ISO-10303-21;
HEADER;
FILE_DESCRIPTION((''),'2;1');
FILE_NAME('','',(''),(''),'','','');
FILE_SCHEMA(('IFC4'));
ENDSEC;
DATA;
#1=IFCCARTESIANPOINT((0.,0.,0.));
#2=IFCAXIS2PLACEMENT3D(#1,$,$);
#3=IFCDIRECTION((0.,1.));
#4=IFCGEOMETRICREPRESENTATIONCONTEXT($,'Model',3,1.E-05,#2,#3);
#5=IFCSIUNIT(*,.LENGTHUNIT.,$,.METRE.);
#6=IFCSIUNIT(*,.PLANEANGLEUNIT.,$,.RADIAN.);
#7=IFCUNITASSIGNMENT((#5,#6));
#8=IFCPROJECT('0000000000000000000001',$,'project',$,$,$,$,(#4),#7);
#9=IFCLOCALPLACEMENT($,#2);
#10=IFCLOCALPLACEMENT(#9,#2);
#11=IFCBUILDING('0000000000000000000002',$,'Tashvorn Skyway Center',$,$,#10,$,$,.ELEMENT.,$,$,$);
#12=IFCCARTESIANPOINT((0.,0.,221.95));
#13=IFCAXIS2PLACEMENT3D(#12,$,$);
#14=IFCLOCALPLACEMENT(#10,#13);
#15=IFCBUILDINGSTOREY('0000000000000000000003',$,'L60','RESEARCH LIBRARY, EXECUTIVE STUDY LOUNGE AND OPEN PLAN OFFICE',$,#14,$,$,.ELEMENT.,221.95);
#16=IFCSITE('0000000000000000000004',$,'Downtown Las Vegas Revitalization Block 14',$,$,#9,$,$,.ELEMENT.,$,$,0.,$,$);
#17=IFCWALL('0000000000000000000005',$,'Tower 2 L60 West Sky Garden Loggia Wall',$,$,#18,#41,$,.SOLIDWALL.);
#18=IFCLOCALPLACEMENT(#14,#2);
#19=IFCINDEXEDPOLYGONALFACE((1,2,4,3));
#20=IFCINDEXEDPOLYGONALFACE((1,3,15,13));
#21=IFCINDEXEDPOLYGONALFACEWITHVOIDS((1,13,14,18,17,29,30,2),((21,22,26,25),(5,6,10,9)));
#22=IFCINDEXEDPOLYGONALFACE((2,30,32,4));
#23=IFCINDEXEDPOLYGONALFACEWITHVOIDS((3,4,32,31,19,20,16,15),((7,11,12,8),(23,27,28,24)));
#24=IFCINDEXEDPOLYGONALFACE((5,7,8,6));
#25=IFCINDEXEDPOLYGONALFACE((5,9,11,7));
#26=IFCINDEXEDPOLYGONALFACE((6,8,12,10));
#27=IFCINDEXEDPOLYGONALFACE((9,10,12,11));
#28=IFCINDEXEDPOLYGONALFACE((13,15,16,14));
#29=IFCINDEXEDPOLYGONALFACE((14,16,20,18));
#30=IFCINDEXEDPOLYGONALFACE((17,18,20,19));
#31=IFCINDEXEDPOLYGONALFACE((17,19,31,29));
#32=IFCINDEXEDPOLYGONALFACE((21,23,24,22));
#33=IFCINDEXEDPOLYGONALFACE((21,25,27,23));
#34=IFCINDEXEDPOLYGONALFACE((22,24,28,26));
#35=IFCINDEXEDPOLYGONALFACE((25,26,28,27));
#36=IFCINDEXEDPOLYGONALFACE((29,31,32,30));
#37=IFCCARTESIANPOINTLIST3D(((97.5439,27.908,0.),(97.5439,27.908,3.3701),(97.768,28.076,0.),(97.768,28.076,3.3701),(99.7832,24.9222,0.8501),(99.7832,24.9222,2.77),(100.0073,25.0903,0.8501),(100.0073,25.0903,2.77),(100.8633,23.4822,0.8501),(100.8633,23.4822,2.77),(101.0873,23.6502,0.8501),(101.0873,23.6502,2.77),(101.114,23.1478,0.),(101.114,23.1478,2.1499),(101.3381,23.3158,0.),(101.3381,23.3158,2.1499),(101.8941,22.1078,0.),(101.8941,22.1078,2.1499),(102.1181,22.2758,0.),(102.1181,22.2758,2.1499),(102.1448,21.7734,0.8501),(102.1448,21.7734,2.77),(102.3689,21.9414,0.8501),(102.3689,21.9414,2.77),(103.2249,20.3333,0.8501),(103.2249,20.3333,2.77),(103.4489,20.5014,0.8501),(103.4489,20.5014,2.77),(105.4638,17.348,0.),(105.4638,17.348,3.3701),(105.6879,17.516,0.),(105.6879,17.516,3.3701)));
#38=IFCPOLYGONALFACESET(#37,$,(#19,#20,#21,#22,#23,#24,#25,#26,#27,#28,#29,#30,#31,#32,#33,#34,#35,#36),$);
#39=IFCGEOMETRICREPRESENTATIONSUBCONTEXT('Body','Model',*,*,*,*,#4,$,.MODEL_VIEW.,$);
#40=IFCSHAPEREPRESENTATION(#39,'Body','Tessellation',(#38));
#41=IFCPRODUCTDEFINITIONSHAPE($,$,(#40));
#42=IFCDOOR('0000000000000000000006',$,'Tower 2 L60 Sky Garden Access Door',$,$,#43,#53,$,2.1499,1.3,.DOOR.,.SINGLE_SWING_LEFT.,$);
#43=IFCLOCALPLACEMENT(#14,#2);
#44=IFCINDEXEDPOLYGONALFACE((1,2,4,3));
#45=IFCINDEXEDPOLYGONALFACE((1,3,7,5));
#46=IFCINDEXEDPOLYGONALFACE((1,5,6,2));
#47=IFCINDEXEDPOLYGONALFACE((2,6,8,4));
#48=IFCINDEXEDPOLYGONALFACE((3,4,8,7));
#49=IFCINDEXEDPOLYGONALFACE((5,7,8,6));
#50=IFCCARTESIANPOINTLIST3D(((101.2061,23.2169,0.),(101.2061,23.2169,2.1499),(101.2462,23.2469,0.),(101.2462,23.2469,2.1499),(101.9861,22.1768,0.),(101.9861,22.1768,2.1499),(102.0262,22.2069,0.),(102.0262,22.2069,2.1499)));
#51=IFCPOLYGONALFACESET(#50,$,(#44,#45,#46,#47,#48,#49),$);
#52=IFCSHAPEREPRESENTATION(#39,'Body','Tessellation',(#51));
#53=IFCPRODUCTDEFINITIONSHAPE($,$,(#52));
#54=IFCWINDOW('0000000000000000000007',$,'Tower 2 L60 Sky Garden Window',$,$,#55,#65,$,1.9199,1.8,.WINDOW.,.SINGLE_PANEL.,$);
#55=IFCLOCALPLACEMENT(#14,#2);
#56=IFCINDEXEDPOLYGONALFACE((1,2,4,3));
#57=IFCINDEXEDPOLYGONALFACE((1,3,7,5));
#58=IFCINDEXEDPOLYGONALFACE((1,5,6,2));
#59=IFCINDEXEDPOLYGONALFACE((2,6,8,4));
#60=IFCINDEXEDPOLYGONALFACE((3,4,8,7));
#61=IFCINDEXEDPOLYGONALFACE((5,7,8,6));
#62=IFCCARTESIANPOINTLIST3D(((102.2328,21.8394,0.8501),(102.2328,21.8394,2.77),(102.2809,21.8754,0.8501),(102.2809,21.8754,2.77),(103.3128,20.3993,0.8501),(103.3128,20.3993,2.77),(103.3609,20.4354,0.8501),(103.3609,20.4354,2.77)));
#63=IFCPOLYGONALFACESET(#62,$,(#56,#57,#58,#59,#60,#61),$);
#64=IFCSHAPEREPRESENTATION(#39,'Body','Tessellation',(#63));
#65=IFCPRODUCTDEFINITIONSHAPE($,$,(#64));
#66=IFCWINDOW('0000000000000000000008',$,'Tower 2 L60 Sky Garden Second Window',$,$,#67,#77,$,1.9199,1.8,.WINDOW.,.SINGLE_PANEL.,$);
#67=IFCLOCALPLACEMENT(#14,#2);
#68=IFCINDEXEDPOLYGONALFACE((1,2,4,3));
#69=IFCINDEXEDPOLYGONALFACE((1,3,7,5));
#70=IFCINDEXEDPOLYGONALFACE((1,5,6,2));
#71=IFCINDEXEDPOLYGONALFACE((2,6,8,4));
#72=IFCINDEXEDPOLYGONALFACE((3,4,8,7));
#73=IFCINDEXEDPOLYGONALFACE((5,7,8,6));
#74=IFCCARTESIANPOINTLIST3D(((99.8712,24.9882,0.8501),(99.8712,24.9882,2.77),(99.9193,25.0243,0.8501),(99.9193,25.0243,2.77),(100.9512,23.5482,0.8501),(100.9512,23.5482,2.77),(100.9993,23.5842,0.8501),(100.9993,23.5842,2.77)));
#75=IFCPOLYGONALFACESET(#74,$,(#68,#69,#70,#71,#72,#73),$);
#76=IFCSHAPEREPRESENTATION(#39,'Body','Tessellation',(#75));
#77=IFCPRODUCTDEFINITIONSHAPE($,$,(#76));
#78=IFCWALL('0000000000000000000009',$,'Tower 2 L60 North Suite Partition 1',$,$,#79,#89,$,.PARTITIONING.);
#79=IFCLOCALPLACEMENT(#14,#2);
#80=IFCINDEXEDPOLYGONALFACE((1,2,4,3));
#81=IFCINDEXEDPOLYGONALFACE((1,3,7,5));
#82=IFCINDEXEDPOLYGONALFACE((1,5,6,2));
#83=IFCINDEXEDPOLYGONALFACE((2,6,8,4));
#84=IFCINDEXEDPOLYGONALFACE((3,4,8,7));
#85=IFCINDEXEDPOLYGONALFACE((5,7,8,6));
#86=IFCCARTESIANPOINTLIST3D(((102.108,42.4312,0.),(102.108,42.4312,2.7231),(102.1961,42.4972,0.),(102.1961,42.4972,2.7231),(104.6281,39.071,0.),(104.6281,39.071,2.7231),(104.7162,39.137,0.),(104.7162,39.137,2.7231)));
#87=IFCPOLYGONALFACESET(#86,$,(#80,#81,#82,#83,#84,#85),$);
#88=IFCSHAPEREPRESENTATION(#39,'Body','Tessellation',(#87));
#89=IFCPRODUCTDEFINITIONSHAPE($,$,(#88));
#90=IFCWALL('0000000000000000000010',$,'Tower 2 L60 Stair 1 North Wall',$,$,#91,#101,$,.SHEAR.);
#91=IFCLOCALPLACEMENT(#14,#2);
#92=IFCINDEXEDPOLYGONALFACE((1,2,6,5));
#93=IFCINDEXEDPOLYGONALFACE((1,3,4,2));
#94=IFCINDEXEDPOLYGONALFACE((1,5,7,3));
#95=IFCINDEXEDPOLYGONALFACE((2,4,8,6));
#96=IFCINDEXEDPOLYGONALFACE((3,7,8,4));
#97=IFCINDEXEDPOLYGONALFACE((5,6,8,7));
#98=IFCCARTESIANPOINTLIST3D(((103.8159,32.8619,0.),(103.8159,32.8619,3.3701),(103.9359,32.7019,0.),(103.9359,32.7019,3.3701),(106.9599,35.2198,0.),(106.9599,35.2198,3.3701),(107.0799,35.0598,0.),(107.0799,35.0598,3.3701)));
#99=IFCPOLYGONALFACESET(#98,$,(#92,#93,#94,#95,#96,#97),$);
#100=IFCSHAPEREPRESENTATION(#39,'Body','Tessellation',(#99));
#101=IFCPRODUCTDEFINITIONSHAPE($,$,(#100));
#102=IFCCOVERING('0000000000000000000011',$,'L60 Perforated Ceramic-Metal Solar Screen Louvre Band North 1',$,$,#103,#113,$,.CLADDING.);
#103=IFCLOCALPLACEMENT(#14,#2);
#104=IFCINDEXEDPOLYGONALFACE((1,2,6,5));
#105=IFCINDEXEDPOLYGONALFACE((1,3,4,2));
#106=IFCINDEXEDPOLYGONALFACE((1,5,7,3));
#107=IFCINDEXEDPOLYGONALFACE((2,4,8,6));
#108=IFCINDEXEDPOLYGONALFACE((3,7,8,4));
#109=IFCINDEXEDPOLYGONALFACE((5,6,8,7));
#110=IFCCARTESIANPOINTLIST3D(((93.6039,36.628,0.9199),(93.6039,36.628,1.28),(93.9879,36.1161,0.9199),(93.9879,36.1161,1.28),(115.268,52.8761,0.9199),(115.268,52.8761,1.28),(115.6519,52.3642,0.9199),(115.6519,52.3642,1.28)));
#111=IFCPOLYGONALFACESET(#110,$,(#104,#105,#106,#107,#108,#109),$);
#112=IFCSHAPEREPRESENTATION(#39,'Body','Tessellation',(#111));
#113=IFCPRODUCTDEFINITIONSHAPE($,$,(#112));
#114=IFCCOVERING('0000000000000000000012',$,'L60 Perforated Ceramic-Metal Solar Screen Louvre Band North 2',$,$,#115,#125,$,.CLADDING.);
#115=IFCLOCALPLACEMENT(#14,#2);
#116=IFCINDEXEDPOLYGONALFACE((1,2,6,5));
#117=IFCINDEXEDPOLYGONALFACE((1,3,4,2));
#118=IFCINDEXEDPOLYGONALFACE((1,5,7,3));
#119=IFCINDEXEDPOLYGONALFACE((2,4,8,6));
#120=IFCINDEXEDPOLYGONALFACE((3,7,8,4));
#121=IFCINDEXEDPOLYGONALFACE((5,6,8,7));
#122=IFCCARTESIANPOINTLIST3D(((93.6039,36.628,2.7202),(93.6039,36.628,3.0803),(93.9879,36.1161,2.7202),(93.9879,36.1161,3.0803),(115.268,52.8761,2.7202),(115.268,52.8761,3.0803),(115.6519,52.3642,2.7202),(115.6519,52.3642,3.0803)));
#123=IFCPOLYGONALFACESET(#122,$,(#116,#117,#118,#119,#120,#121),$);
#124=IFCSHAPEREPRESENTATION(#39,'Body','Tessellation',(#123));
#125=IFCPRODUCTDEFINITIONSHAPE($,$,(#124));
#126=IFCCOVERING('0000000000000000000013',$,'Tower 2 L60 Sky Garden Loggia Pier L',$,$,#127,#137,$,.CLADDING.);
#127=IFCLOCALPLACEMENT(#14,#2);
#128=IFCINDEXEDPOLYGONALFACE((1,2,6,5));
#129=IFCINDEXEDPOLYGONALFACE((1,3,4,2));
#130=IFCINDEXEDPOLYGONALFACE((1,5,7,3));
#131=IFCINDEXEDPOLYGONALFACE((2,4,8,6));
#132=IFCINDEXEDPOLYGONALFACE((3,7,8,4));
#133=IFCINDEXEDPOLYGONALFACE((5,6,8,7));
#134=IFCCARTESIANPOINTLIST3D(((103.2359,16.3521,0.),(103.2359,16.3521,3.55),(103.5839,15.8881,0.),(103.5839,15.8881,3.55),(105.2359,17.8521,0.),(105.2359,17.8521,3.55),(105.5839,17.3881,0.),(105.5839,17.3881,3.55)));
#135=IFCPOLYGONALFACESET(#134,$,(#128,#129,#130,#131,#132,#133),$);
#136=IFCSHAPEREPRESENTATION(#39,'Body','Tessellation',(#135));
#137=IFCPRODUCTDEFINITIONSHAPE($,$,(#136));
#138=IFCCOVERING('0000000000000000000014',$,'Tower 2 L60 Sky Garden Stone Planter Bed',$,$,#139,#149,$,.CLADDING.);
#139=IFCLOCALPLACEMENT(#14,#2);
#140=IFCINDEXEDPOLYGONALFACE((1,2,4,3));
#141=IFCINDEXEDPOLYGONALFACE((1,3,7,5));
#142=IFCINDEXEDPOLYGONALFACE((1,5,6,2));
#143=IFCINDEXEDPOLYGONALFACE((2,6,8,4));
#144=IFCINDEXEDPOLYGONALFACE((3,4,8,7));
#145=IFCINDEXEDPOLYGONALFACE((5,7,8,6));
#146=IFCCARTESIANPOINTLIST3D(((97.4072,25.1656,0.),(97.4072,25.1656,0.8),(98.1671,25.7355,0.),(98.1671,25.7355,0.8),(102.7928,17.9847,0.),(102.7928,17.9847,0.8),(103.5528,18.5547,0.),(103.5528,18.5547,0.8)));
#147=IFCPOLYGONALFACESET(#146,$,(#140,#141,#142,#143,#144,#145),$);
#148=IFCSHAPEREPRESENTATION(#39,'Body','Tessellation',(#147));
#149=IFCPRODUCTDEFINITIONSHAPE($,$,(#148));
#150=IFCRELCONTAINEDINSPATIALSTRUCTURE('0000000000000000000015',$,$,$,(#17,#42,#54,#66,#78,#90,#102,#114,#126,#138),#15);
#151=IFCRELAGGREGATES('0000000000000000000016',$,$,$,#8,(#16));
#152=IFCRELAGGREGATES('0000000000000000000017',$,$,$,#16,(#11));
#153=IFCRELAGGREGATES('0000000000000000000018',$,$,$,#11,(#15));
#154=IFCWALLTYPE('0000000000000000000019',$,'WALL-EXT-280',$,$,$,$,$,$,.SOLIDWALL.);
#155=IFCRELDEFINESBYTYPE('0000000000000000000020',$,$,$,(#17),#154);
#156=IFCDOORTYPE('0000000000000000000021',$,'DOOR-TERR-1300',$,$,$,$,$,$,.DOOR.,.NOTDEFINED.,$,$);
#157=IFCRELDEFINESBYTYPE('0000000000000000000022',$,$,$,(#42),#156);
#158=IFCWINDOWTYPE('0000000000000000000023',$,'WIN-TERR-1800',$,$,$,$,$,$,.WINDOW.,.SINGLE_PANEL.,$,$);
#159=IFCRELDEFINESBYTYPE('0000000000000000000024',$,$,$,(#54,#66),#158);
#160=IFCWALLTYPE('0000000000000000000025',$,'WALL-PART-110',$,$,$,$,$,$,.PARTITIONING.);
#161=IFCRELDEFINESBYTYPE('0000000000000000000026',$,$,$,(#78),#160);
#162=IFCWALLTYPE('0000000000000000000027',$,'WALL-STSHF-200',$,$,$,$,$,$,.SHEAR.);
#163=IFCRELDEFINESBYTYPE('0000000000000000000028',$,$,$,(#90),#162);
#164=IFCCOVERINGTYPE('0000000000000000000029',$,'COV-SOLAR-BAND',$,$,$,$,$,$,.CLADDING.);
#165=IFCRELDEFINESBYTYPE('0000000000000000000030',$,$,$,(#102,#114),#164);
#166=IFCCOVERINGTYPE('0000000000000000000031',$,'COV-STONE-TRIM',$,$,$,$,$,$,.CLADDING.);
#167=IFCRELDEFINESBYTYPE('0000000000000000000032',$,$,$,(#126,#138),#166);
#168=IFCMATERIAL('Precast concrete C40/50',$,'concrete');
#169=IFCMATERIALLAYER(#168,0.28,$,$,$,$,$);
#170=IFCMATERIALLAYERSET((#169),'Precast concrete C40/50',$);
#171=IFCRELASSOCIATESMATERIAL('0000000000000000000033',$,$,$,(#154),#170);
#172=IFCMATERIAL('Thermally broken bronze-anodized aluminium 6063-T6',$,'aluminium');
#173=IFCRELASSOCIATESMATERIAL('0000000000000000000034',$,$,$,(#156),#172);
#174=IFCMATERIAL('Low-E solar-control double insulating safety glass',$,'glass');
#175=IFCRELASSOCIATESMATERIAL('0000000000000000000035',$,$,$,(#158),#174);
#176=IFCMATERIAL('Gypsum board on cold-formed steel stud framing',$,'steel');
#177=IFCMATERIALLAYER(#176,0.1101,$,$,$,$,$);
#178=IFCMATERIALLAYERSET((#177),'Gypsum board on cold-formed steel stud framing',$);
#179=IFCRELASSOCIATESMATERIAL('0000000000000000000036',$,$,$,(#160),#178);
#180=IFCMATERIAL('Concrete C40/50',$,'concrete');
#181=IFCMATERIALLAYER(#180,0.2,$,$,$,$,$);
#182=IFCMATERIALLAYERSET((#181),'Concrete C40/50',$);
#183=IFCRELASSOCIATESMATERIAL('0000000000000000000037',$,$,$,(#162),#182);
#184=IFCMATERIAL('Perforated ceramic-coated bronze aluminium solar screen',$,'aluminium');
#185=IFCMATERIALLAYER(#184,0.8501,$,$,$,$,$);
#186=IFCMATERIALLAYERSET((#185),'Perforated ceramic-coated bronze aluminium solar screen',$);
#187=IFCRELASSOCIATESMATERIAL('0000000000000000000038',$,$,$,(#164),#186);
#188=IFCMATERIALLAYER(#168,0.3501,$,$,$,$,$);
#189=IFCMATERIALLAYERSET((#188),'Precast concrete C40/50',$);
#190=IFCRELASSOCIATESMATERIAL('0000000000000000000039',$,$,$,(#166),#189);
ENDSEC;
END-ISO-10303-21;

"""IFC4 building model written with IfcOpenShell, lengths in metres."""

from ifc_helpers import new_model, si_unit, direction, frame, frame_2d, origin, origin_2d, place, context, subcontext, project, spatial, rectangle, extrude, material, layer, layer_set, type_object, element, fill, save


model = new_model("IFC4")

# Units and contexts
model_context = context("Model", 3, precision=1e-05, world=origin(), true_north=direction((0.0, 1.0)))
body_context = subcontext(model_context, "Body", "Model", "MODEL_VIEW")
ifc_project = project(units=[si_unit("LENGTHUNIT", "METRE"), si_unit("PLANEANGLEUNIT", "RADIAN")], contexts=[model_context])

# Site, building, storey
site_placement = place(None, origin())
site = spatial("IfcSite", under=ifc_project, at=site_placement, Name="Downtown Las Vegas Revitalization Block 14", CompositionType="ELEMENT", RefElevation=0.0)
building_placement = place(site_placement, origin())
building = spatial("IfcBuilding", under=site, at=building_placement, Name="Tashvorn Skyway Center", CompositionType="ELEMENT")
storey_placement = place(building_placement, frame((0.0, 0.0, 221.95)))
storey = spatial("IfcBuildingStorey", under=building, at=storey_placement, Name="L60", Description="RESEARCH LIBRARY, EXECUTIVE STUDY LOUNGE AND OPEN PLAN OFFICE", CompositionType="ELEMENT", Elevation=221.95)

# Shared definitions
ifc_material_1 = material(Name="Thermally broken bronze-anodized aluminium 6063-T6", Category="aluminium")

# Shared definitions
ifc_material_2 = material(Name="Low-E solar-control double insulating safety glass", Category="glass")

# Wall, openings, door, windows
ifc_material_3 = material(Name="Precast concrete C40/50", Category="concrete")
ifc_layer_1 = layer(ifc_material_3, 0.28)
ifc_layer_set_1 = layer_set([ifc_layer_1], Name="Precast concrete C40/50")
wall_type_1 = type_object("IfcWallType", Name="WALL-EXT-280", PredefinedType="SOLIDWALL", material=ifc_layer_set_1)
wall_1_placement = place(storey_placement, frame((105.5759, 17.4319, 0.0), z_axis=(0.0, 0.0, 1.0), x_axis=(-0.599994, 0.800004, 0.0)))
wall_1 = element("IfcWall", 1, at=wall_1_placement, inside=storey, type_object=wall_type_1, Name="Tower 2 L60 West Sky Garden Loggia Wall", PredefinedType="SOLIDWALL", context=body_context, shape_type="SweptSolid", body=[
    extrude(rectangle(XDim=13.2, YDim=0.28, at=frame_2d((6.6001, 0.0))), origin(), (0.0, 0.0, 1.0), 3.3701),
])
opening_1_placement = place(wall_1_placement, frame((5.95, 0.0, 0.0)))
opening_1 = element("IfcOpeningElement", 2, at=opening_1_placement, cuts=wall_1, PredefinedType="OPENING", context=body_context, shape_type="SweptSolid", body=[
    extrude(rectangle(XDim=1.3, YDim=2.1499, at=frame_2d((0.6499, 1.075))), frame((0.0, 0.1499, 0.0), z_axis=(0.0, -1.0, 0.0), x_axis=(1.0, 0.0, 0.0)), (0.0, 0.0, 1.0), 0.3),
])
opening_2_placement = place(wall_1_placement, frame((3.7319, 0.0, 0.8501)))
opening_2 = element("IfcOpeningElement", 3, at=opening_2_placement, cuts=wall_1, PredefinedType="OPENING", context=body_context, shape_type="SweptSolid", body=[
    extrude(rectangle(XDim=1.8, YDim=1.9199, at=frame_2d((0.8999, 0.96))), frame((0.0, 0.1499, 0.0), z_axis=(0.0, -1.0, 0.0), x_axis=(1.0, 0.0, 0.0)), (0.0, 0.0, 1.0), 0.3),
])
opening_3_placement = place(wall_1_placement, frame((7.668, 0.0, 0.8501)))
opening_3 = element("IfcOpeningElement", 4, at=opening_3_placement, cuts=wall_1, PredefinedType="OPENING", context=body_context, shape_type="SweptSolid", body=[
    extrude(rectangle(XDim=1.8, YDim=1.9199, at=frame_2d((0.8999, 0.96))), frame((0.0, 0.1499, 0.0), z_axis=(0.0, -1.0, 0.0), x_axis=(1.0, 0.0, 0.0)), (0.0, 0.0, 1.0), 0.3),
])
door_type_1 = type_object("IfcDoorType", Name="DOOR-TERR-1300", OperationType="NOTDEFINED", PredefinedType="DOOR", material=ifc_material_1)
door_1_placement = place(opening_1_placement, origin())
door_1 = element("IfcDoor", 5, at=door_1_placement, inside=storey, type_object=door_type_1, Name="Tower 2 L60 Sky Garden Access Door", OperationType="SINGLE_SWING_LEFT", OverallHeight=2.1499, OverallWidth=1.3, PredefinedType="DOOR", context=body_context, shape_type="SweptSolid", body=[
    extrude(rectangle(XDim=1.3, YDim=2.1499, at=frame_2d((0.6499, 1.075))), frame((0.0, 0.0249, 0.0), z_axis=(0.0, -1.0, 0.0), x_axis=(1.0, 0.0, 0.0)), (0.0, 0.0, 1.0), 0.05),
])
fill(opening_1, door_1)
window_type = type_object("IfcWindowType", Name="WIN-TERR-1800", PartitioningType="SINGLE_PANEL", PredefinedType="WINDOW", material=ifc_material_2)
window_1_placement = place(opening_2_placement, origin())
window_1 = element("IfcWindow", 6, at=window_1_placement, inside=storey, type_object=window_type, Name="Tower 2 L60 Sky Garden Window", OverallHeight=1.9199, OverallWidth=1.8, PartitioningType="SINGLE_PANEL", PredefinedType="WINDOW", context=body_context, shape_type="SweptSolid", body=[
    extrude(rectangle(XDim=1.8, YDim=1.9199, at=frame_2d((0.8999, 0.96))), frame((0.0, 0.03, 0.0), z_axis=(0.0, -1.0, 0.0), x_axis=(1.0, 0.0, 0.0)), (0.0, 0.0, 1.0), 0.0601),
])
fill(opening_2, window_1)
window_2_placement = place(opening_3_placement, origin())
window_2 = element("IfcWindow", 7, at=window_2_placement, inside=storey, type_object=window_type, Name="Tower 2 L60 Sky Garden Second Window", OverallHeight=1.9199, OverallWidth=1.8, PartitioningType="SINGLE_PANEL", PredefinedType="WINDOW", context=body_context, shape_type="SweptSolid", body=[
    extrude(rectangle(XDim=1.8, YDim=1.9199, at=frame_2d((0.8999, 0.96))), frame((0.0, 0.03, 0.0), z_axis=(0.0, -1.0, 0.0), x_axis=(1.0, 0.0, 0.0)), (0.0, 0.0, 1.0), 0.0601),
])
fill(opening_3, window_2)

# Walls
ifc_material_4 = material(Name="Gypsum board on cold-formed steel stud framing", Category="steel")
ifc_layer_2 = layer(ifc_material_4, 0.1101)
ifc_layer_set_2 = layer_set([ifc_layer_2], Name="Gypsum board on cold-formed steel stud framing")
wall_type_2 = type_object("IfcWallType", Name="WALL-PART-110", PredefinedType="PARTITIONING", material=ifc_layer_set_2)
wall_2_placement = place(storey_placement, frame((104.6721, 39.104, 0.0), z_axis=(0.0, 0.0, 1.0), x_axis=(-0.599991, 0.800007, 0.0)))
element("IfcWall", 8, at=wall_2_placement, inside=storey, type_object=wall_type_2, Name="Tower 2 L60 North Suite Partition 1", PredefinedType="PARTITIONING", context=body_context, shape_type="SweptSolid", body=[
    extrude(rectangle(XDim=4.2002, YDim=0.1101, at=frame_2d((2.1001, 0.0))), origin(), (0.0, 0.0, 1.0), 2.7231),
])
ifc_material_5 = material(Name="Concrete C40/50", Category="concrete")
ifc_layer_3 = layer(ifc_material_5, 0.2)
ifc_layer_set_3 = layer_set([ifc_layer_3], Name="Concrete C40/50")
wall_type_3 = type_object("IfcWallType", Name="WALL-STSHF-200", PredefinedType="SHEAR", material=ifc_layer_set_3)
wall_3_placement = place(storey_placement, frame((103.876, 32.782, 0.0), z_axis=(0.0, 0.0, 1.0), x_axis=(0.800015, 0.59998, 0.0)))
element("IfcWall", 9, at=wall_3_placement, inside=storey, type_object=wall_type_3, Name="Tower 2 L60 Stair 1 North Wall", PredefinedType="SHEAR", context=body_context, shape_type="SweptSolid", body=[
    extrude(rectangle(XDim=3.9299, YDim=0.2, at=frame_2d((1.9648, 0.0))), origin(), (0.0, 0.0, 1.0), 3.3701),
])

# Coverings
ifc_material_6 = material(Name="Perforated ceramic-coated bronze aluminium solar screen", Category="aluminium")
ifc_layer_4 = layer(ifc_material_6, 0.8501)
ifc_layer_set_4 = layer_set([ifc_layer_4], Name="Perforated ceramic-coated bronze aluminium solar screen")
covering_type_1 = type_object("IfcCoveringType", Name="COV-SOLAR-BAND", PredefinedType="CLADDING", material=ifc_layer_set_4)
for number, where, z_axis, x_axis, name in (
    (10, (104.6279, 44.4961, 0.9199), (0.0, 0.0, 1.0), (0.8, 0.6, 0.0), "L60 Perforated Ceramic-Metal Solar Screen Louvre Band North 1"),
    (11, (104.6279, 44.4961, 2.7202), (0.0, 0.0, 1.0), (0.8, 0.6, 0.0), "L60 Perforated Ceramic-Metal Solar Screen Louvre Band North 2"),
):
    element("IfcCovering", number, at=place(storey_placement, frame(where, z_axis=z_axis, x_axis=x_axis)), inside=storey, type_object=covering_type_1, Name=name, PredefinedType="CLADDING", context=body_context, shape_type="SweptSolid", body=[
        extrude(rectangle(XDim=27.0801, YDim=0.6399, at=origin_2d()), origin(), (0.0, 0.0, 1.0), 0.3601),
    ])
ifc_layer_5 = layer(ifc_material_3, 0.3501)
ifc_layer_set_5 = layer_set([ifc_layer_5], Name="Precast concrete C40/50")
covering_type_2 = type_object("IfcCoveringType", Name="COV-STONE-TRIM", PredefinedType="CLADDING", material=ifc_layer_set_5)
covering_1_placement = place(storey_placement, frame((104.4099, 16.8701, 0.0), z_axis=(0.0, 0.0, 1.0), x_axis=(-0.6, 0.8, 0.0)))
element("IfcCovering", 12, at=covering_1_placement, inside=storey, type_object=covering_type_2, Name="Tower 2 L60 Sky Garden Loggia Pier L", PredefinedType="CLADDING", context=body_context, shape_type="SweptSolid", body=[
    extrude(rectangle(XDim=0.5801, YDim=2.5, at=origin_2d()), origin(), (0.0, 0.0, 1.0), 3.55),
])
covering_2_placement = place(storey_placement, frame((100.48, 21.8601, 0.0), z_axis=(0.0, 0.0, 1.0), x_axis=(-0.6, 0.8, 0.0)))
element("IfcCovering", 13, at=covering_2_placement, inside=storey, type_object=covering_type_2, Name="Tower 2 L60 Sky Garden Stone Planter Bed", PredefinedType="CLADDING", context=body_context, shape_type="SweptSolid", body=[
    extrude(rectangle(XDim=8.9761, YDim=0.95, at=origin_2d()), origin(), (0.0, 0.0, 1.0), 0.8),
])

save(model, "model.ifc")
